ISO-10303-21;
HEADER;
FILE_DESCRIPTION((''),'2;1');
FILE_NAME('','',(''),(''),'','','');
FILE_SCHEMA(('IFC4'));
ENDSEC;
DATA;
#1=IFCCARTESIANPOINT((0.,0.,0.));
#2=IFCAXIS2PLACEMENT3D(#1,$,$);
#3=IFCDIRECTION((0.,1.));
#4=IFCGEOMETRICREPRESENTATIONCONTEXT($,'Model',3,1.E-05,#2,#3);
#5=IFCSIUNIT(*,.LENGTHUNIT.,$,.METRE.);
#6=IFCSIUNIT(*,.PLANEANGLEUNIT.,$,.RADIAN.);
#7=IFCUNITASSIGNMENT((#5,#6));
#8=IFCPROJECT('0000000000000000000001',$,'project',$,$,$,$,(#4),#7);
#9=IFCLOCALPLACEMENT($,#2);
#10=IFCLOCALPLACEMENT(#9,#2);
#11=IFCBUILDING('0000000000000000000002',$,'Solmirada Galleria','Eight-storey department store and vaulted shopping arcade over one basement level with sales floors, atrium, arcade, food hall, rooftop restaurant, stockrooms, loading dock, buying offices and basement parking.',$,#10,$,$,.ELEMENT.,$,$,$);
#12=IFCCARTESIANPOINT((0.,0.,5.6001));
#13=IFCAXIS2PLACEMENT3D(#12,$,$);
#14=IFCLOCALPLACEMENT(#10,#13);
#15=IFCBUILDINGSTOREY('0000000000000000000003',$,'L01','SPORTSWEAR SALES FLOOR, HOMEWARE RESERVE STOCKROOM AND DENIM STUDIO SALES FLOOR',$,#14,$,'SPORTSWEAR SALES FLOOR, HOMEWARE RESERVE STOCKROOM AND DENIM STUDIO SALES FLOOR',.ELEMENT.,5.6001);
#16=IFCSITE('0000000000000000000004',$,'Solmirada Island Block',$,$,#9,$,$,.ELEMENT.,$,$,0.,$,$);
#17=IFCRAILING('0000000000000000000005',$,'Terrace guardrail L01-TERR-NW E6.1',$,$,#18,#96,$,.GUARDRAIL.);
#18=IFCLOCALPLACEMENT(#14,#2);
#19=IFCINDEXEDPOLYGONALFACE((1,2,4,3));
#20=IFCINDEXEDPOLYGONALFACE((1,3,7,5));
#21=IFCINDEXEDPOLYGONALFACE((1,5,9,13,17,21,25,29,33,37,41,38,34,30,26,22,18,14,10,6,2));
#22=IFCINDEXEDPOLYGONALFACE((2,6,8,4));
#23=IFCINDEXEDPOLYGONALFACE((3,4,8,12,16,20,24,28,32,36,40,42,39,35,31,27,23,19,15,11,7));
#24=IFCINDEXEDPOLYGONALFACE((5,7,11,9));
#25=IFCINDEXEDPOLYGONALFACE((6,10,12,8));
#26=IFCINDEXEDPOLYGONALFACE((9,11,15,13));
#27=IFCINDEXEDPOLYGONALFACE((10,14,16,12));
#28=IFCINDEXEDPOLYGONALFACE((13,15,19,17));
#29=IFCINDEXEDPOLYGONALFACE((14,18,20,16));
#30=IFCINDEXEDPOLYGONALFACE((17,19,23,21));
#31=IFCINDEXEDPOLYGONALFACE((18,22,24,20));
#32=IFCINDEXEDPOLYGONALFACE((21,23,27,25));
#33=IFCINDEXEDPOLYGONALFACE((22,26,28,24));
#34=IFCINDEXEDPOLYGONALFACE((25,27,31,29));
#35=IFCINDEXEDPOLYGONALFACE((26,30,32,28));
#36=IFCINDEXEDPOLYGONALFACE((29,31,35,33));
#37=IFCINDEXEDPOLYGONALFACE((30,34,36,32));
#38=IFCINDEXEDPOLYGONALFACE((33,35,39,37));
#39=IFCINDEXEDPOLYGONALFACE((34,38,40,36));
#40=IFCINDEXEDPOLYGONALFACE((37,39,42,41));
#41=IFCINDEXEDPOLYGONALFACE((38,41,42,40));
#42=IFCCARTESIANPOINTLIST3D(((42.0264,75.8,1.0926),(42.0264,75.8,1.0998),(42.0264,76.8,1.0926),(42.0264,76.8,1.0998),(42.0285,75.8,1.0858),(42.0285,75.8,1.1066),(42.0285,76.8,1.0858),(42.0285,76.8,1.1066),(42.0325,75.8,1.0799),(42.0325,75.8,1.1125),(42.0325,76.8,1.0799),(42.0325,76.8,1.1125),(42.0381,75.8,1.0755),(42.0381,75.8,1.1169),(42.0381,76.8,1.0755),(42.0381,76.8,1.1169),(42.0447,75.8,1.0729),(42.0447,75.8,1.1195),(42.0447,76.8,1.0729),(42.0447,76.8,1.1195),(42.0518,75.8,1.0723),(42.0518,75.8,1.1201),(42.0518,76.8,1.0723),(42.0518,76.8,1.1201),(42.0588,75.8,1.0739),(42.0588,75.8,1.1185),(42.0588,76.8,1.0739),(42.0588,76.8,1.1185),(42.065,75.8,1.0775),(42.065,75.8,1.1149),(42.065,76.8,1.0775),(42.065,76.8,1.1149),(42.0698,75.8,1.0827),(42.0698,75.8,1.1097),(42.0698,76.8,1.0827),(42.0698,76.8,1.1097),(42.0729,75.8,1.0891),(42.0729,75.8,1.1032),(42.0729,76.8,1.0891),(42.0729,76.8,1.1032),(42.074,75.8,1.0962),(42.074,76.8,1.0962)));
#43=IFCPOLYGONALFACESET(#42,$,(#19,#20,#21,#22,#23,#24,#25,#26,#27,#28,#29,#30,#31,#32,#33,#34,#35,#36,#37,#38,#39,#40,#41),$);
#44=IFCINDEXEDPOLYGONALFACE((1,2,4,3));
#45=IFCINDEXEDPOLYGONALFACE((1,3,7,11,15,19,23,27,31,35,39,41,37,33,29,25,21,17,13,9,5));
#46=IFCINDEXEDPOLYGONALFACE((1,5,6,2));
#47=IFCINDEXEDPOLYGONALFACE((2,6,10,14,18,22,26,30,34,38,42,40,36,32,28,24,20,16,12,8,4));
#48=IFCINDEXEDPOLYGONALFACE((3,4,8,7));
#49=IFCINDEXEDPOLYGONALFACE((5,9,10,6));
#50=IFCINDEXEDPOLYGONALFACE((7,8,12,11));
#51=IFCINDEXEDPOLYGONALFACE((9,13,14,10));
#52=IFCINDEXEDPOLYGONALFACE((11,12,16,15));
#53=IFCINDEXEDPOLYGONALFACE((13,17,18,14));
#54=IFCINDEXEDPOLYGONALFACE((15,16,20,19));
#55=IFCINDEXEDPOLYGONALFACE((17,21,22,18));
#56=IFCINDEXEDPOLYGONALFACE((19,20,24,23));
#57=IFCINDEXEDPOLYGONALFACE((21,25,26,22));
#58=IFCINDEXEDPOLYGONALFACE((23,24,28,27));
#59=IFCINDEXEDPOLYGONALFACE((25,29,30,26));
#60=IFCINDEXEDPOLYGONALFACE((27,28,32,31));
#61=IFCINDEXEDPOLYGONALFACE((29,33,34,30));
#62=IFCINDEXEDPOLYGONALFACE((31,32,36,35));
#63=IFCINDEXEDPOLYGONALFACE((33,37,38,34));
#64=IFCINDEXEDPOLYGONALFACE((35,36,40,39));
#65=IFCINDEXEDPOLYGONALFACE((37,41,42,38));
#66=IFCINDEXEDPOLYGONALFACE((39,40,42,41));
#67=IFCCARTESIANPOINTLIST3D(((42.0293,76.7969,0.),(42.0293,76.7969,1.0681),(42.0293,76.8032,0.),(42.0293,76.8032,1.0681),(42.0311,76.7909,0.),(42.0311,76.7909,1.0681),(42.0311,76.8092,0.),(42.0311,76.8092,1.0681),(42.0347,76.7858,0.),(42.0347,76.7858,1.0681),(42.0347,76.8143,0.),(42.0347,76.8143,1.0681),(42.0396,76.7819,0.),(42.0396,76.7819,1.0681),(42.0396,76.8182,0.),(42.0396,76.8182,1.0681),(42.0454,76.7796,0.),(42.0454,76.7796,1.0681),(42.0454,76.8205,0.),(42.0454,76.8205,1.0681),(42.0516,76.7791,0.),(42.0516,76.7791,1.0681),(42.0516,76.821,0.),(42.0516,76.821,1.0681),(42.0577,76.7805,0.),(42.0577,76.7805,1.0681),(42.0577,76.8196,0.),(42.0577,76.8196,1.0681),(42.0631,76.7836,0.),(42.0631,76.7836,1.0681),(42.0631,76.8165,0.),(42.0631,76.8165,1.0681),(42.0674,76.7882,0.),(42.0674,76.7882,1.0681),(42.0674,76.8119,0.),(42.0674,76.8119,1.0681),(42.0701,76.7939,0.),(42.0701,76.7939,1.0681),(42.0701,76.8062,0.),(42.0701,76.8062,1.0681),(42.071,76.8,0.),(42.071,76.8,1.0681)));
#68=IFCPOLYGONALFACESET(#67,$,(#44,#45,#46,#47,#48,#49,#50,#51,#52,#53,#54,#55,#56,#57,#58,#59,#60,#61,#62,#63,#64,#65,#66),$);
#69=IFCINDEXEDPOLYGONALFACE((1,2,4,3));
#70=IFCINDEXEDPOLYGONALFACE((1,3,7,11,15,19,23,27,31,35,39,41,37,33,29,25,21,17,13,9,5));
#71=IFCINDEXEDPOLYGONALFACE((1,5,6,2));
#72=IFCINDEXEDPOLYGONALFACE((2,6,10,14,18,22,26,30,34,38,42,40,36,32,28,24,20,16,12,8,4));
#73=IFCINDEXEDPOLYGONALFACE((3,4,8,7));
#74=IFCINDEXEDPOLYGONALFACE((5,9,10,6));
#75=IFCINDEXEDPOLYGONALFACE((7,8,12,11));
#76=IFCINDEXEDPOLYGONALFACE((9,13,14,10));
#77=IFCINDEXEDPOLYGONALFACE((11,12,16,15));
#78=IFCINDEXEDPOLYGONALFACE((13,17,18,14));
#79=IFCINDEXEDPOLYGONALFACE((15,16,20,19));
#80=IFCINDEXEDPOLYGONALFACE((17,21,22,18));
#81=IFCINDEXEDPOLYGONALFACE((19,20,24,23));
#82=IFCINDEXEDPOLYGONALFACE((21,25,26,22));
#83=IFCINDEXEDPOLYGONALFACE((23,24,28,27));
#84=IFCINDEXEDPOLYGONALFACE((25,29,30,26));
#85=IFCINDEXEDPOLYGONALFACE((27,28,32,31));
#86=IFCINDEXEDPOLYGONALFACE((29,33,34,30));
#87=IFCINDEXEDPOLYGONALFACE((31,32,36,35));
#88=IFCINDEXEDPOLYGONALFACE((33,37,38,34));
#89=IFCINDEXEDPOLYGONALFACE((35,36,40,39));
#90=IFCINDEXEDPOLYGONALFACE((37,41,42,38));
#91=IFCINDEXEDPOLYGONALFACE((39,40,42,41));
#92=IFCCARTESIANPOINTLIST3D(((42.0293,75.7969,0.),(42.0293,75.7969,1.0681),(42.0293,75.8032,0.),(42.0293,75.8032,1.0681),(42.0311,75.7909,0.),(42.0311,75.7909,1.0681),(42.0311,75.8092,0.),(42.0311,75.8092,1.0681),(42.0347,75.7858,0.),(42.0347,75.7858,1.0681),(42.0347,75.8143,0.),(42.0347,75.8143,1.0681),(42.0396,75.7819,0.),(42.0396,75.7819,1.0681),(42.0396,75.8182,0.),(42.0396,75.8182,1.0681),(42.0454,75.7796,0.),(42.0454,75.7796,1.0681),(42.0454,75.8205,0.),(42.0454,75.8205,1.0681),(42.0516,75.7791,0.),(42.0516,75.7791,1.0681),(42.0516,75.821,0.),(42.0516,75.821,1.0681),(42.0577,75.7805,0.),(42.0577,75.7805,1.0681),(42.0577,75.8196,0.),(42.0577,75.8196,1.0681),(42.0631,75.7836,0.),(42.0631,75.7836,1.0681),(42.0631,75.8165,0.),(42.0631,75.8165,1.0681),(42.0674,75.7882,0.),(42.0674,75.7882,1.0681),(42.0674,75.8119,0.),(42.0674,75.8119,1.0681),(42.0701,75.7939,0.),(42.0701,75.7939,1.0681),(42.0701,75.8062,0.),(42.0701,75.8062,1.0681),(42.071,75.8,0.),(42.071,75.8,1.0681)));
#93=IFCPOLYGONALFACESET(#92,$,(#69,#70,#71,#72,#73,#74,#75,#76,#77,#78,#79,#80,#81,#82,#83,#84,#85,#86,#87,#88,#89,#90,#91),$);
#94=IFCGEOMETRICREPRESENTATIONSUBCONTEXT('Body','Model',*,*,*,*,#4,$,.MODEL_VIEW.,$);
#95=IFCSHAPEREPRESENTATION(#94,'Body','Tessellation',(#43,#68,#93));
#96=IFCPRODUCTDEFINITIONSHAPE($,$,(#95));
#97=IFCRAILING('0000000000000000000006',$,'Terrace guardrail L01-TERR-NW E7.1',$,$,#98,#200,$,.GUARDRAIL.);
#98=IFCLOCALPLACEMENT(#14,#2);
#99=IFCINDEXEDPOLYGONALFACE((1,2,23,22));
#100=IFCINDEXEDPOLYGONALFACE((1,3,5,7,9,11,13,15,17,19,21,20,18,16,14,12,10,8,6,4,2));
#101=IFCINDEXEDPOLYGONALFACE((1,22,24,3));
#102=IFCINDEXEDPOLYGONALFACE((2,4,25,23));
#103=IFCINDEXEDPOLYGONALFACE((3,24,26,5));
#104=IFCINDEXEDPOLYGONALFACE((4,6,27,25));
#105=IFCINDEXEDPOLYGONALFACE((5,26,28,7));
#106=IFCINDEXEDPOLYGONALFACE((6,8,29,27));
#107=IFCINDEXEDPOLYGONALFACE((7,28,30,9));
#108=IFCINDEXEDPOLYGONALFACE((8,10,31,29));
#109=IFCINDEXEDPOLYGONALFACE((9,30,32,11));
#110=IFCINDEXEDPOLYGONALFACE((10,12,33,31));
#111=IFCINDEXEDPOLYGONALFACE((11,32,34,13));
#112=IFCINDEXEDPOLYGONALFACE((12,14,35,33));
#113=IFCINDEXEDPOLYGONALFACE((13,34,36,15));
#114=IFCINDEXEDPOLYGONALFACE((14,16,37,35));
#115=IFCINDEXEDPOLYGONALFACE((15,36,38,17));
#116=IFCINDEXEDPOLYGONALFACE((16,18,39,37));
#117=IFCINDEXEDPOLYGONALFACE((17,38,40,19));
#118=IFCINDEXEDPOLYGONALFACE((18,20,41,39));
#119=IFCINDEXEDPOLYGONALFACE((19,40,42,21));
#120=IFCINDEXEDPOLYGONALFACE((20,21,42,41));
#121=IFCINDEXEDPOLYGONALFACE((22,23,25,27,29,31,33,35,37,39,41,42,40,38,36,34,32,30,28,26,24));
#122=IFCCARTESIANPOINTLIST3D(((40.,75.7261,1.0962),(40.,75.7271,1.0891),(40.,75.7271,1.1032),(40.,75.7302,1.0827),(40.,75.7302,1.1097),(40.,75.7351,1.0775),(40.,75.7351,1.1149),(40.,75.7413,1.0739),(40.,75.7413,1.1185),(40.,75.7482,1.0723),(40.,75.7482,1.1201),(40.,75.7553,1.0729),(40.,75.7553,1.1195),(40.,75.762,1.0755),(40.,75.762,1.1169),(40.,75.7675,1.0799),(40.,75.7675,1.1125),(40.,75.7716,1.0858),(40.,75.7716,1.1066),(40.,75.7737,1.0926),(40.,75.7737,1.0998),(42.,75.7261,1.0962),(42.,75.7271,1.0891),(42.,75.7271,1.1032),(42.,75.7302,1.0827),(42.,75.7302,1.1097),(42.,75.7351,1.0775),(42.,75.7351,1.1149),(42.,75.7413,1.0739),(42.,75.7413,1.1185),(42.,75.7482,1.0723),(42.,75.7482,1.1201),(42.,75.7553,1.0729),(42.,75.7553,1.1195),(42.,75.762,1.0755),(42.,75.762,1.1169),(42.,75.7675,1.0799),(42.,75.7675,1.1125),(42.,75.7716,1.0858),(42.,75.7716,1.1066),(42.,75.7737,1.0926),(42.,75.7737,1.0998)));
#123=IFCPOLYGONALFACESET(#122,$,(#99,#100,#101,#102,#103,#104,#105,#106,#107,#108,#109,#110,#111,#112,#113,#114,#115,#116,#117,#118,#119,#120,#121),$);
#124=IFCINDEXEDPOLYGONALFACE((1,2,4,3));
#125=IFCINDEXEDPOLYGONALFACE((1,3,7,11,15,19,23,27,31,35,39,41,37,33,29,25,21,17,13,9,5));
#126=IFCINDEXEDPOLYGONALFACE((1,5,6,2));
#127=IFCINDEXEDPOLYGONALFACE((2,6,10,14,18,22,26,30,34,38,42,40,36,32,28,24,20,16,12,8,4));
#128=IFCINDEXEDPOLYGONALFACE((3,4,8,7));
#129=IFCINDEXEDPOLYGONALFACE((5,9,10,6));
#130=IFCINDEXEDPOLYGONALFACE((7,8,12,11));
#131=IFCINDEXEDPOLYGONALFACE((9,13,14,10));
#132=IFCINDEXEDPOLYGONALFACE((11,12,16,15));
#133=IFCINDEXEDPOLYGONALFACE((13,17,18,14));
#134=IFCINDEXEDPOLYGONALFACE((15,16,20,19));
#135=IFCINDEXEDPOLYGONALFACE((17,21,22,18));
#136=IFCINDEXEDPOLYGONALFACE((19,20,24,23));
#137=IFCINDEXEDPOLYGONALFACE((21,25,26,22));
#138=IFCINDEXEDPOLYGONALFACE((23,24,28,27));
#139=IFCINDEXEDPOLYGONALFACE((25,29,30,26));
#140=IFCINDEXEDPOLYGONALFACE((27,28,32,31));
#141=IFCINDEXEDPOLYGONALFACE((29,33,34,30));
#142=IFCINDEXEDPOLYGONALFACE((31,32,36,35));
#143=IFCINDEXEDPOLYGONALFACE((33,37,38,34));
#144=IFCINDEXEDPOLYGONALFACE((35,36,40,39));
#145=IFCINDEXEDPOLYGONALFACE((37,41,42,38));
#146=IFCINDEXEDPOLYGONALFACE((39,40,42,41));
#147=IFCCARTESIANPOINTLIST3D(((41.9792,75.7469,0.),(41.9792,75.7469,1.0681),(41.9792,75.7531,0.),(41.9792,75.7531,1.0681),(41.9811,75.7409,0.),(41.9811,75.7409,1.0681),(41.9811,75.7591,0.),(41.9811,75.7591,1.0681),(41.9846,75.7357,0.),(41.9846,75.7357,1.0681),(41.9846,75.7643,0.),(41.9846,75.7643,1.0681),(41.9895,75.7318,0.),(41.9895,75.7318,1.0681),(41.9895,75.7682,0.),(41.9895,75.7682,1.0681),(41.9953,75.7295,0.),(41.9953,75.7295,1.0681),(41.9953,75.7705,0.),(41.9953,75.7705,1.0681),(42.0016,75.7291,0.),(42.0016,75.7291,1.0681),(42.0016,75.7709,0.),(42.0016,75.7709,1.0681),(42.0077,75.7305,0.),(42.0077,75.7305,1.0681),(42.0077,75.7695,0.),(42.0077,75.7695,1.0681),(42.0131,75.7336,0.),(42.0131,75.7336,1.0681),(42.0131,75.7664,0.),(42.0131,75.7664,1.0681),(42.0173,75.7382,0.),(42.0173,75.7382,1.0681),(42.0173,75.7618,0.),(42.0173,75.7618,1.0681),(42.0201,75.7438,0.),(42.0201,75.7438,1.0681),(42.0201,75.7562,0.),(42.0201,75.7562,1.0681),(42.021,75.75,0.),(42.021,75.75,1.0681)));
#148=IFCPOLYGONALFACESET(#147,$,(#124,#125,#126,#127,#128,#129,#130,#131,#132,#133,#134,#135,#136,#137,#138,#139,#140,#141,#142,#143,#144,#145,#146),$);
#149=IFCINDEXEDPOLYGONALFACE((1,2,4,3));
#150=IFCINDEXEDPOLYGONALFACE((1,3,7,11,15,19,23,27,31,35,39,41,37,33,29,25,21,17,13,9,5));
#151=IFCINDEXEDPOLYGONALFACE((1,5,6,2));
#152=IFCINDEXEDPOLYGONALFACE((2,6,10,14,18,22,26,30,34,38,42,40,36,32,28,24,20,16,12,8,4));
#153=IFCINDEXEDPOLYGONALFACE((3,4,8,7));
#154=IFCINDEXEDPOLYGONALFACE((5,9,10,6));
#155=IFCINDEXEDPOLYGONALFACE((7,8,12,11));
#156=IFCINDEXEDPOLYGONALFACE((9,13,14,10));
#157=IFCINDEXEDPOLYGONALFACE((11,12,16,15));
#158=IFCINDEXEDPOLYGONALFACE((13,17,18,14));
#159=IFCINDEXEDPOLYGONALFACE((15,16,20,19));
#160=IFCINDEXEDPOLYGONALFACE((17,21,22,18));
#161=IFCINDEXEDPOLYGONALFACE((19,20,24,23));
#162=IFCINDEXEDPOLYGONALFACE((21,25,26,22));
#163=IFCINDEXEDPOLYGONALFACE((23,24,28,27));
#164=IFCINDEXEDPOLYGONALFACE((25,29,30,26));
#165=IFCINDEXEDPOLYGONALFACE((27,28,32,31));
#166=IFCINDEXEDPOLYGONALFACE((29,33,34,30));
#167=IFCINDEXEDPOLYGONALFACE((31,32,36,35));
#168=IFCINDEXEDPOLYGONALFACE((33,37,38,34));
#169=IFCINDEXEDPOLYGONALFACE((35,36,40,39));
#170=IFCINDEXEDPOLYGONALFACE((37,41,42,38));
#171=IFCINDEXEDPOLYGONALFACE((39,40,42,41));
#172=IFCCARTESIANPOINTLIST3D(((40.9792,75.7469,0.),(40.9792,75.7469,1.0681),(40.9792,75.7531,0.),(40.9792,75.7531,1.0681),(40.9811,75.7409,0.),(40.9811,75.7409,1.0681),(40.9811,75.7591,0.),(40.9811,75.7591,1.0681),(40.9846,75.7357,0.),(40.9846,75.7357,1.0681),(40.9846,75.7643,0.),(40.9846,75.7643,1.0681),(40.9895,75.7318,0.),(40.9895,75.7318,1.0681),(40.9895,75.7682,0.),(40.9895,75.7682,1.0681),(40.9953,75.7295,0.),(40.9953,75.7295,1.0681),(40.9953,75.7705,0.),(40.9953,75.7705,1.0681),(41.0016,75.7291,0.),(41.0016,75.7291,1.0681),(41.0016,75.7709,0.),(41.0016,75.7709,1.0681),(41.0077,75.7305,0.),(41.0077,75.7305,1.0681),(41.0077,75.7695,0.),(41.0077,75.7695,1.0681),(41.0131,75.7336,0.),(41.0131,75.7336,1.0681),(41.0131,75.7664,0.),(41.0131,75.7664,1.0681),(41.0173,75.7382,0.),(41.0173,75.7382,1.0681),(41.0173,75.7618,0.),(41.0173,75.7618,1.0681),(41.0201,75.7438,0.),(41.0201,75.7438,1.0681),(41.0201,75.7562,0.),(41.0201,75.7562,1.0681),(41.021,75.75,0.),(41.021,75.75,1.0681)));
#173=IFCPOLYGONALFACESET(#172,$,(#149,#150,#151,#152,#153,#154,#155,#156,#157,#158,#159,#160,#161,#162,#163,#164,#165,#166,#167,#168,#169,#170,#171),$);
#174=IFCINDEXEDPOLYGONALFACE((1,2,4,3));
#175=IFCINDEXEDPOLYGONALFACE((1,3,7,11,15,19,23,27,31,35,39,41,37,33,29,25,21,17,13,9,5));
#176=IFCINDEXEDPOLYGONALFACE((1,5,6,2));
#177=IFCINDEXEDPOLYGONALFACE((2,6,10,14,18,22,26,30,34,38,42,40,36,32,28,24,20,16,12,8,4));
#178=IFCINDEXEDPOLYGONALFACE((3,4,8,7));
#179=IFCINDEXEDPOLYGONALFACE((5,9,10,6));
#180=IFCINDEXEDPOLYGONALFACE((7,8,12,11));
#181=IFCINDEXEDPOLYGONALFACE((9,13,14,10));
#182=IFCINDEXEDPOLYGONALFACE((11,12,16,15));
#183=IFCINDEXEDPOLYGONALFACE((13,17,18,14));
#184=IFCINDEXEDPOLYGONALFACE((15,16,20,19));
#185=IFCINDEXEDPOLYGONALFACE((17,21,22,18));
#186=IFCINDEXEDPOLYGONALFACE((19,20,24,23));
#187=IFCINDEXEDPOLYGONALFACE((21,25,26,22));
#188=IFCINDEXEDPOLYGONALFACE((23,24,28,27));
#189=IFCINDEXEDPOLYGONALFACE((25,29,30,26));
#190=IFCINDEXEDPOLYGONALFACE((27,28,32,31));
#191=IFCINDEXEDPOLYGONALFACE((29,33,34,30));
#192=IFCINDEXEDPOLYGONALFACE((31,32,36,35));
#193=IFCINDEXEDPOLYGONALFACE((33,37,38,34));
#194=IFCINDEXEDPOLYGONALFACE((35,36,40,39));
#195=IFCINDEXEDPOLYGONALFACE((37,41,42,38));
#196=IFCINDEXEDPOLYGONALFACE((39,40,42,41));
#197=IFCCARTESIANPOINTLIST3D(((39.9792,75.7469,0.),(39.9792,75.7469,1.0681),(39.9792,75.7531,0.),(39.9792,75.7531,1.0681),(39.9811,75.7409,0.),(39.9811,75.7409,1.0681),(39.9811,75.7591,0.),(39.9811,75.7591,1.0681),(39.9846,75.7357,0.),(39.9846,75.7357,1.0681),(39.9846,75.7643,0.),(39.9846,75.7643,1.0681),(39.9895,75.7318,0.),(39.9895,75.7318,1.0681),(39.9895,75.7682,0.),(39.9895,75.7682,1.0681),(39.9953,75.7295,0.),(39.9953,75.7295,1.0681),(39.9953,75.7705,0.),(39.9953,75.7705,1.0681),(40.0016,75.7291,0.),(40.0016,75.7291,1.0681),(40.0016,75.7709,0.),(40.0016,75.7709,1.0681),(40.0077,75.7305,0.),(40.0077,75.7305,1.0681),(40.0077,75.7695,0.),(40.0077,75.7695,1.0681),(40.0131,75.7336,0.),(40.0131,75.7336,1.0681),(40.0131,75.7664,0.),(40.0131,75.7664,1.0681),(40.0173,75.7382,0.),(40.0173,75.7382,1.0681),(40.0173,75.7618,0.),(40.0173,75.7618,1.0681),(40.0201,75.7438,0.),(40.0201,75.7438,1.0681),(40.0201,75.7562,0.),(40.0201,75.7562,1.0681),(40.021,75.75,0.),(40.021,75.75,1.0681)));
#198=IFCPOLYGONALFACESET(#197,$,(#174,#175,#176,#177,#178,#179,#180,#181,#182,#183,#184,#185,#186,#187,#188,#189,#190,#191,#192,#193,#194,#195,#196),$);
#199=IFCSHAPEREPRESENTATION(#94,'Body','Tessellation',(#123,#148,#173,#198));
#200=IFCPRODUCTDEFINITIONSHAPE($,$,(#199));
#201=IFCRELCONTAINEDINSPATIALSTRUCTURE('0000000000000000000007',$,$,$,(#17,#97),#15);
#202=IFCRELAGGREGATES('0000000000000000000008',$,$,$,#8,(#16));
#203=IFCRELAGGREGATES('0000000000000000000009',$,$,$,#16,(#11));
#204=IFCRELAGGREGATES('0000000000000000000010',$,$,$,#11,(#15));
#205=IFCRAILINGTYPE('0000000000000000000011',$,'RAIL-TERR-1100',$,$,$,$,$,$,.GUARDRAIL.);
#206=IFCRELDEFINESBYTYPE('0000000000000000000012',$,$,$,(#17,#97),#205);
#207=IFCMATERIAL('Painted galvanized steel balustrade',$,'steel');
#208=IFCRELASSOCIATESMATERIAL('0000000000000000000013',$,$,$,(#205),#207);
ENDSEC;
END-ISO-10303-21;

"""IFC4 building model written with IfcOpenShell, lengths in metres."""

from ifc_helpers import new_model, si_unit, direction, frame, origin, origin_2d, place, context, subcontext, project, spatial, circle, extrude, material, type_object, element, save


model = new_model("IFC4")

# Units and contexts
model_context = context("Model", 3, precision=1e-05, world=origin(), true_north=direction((0.0, 1.0)))
body_context = subcontext(model_context, "Body", "Model", "MODEL_VIEW")
ifc_project = project(units=[si_unit("LENGTHUNIT", "METRE"), si_unit("PLANEANGLEUNIT", "RADIAN")], contexts=[model_context])

# Site, building, storey
site_placement = place(None, origin())
site = spatial("IfcSite", under=ifc_project, at=site_placement, Name="Solmirada Island Block", CompositionType="ELEMENT", RefElevation=0.0)
building_placement = place(site_placement, origin())
building = spatial("IfcBuilding", under=site, at=building_placement, Name="Solmirada Galleria", Description="Eight-storey department store and vaulted shopping arcade over one basement level with sales floors, atrium, arcade, food hall, rooftop restaurant, stockrooms, loading dock, buying offices and basement parking.", CompositionType="ELEMENT")
storey_placement = place(building_placement, frame((0.0, 0.0, 5.6001)))
storey = spatial("IfcBuildingStorey", under=building, at=storey_placement, Name="L01", Description="SPORTSWEAR SALES FLOOR, HOMEWARE RESERVE STOCKROOM AND DENIM STUDIO SALES FLOOR", LongName="SPORTSWEAR SALES FLOOR, HOMEWARE RESERVE STOCKROOM AND DENIM STUDIO SALES FLOOR", CompositionType="ELEMENT", Elevation=5.6001)

# Railings
ifc_material_1 = material(Name="Painted galvanized steel balustrade", Category="steel")
railing_type = type_object("IfcRailingType", Name="RAIL-TERR-1100", PredefinedType="GUARDRAIL", material=ifc_material_1)
railing_1_placement = place(storey_placement, frame((42.05, 76.8, 0.0)))
element("IfcRailing", 1, at=railing_1_placement, inside=storey, type_object=railing_type, Name="Terrace guardrail L01-TERR-NW E6.1", PredefinedType="GUARDRAIL", context=body_context, shape_type="SweptSolid", body=[
    extrude(circle(Radius=0.0239, at=origin_2d()), frame((0.0, 0.0, 1.0962), z_axis=(0.0, -1.0, 0.0), x_axis=(1.0, 0.0, 0.0)), (0.0, 0.0, 1.0), 1.0),
    extrude(circle(Radius=0.021, at=origin_2d()), origin(), (0.0, 0.0, 1.0), 1.0681),
    extrude(circle(Radius=0.021, at=origin_2d()), frame((0.0, -1.0, 0.0)), (0.0, 0.0, 1.0), 1.0681),
])
railing_2_placement = place(storey_placement, frame((42.0, 75.75, 0.0)))
element("IfcRailing", 2, at=railing_2_placement, inside=storey, type_object=railing_type, Name="Terrace guardrail L01-TERR-NW E7.1", PredefinedType="GUARDRAIL", context=body_context, shape_type="SweptSolid", body=[
    extrude(circle(Radius=0.0239, at=origin_2d()), frame((0.0, 0.0, 1.0962), z_axis=(-1.0, 0.0, 0.0), x_axis=(0.0, -1.0, 0.0)), (0.0, 0.0, 1.0), 2.0),
    extrude(circle(Radius=0.021, at=origin_2d()), origin(), (0.0, 0.0, 1.0), 1.0681),
    extrude(circle(Radius=0.021, at=origin_2d()), frame((-1.0, 0.0, 0.0)), (0.0, 0.0, 1.0), 1.0681),
    extrude(circle(Radius=0.021, at=origin_2d()), frame((-2.0, 0.0, 0.0)), (0.0, 0.0, 1.0), 1.0681),
])

save(model, "model.ifc")
